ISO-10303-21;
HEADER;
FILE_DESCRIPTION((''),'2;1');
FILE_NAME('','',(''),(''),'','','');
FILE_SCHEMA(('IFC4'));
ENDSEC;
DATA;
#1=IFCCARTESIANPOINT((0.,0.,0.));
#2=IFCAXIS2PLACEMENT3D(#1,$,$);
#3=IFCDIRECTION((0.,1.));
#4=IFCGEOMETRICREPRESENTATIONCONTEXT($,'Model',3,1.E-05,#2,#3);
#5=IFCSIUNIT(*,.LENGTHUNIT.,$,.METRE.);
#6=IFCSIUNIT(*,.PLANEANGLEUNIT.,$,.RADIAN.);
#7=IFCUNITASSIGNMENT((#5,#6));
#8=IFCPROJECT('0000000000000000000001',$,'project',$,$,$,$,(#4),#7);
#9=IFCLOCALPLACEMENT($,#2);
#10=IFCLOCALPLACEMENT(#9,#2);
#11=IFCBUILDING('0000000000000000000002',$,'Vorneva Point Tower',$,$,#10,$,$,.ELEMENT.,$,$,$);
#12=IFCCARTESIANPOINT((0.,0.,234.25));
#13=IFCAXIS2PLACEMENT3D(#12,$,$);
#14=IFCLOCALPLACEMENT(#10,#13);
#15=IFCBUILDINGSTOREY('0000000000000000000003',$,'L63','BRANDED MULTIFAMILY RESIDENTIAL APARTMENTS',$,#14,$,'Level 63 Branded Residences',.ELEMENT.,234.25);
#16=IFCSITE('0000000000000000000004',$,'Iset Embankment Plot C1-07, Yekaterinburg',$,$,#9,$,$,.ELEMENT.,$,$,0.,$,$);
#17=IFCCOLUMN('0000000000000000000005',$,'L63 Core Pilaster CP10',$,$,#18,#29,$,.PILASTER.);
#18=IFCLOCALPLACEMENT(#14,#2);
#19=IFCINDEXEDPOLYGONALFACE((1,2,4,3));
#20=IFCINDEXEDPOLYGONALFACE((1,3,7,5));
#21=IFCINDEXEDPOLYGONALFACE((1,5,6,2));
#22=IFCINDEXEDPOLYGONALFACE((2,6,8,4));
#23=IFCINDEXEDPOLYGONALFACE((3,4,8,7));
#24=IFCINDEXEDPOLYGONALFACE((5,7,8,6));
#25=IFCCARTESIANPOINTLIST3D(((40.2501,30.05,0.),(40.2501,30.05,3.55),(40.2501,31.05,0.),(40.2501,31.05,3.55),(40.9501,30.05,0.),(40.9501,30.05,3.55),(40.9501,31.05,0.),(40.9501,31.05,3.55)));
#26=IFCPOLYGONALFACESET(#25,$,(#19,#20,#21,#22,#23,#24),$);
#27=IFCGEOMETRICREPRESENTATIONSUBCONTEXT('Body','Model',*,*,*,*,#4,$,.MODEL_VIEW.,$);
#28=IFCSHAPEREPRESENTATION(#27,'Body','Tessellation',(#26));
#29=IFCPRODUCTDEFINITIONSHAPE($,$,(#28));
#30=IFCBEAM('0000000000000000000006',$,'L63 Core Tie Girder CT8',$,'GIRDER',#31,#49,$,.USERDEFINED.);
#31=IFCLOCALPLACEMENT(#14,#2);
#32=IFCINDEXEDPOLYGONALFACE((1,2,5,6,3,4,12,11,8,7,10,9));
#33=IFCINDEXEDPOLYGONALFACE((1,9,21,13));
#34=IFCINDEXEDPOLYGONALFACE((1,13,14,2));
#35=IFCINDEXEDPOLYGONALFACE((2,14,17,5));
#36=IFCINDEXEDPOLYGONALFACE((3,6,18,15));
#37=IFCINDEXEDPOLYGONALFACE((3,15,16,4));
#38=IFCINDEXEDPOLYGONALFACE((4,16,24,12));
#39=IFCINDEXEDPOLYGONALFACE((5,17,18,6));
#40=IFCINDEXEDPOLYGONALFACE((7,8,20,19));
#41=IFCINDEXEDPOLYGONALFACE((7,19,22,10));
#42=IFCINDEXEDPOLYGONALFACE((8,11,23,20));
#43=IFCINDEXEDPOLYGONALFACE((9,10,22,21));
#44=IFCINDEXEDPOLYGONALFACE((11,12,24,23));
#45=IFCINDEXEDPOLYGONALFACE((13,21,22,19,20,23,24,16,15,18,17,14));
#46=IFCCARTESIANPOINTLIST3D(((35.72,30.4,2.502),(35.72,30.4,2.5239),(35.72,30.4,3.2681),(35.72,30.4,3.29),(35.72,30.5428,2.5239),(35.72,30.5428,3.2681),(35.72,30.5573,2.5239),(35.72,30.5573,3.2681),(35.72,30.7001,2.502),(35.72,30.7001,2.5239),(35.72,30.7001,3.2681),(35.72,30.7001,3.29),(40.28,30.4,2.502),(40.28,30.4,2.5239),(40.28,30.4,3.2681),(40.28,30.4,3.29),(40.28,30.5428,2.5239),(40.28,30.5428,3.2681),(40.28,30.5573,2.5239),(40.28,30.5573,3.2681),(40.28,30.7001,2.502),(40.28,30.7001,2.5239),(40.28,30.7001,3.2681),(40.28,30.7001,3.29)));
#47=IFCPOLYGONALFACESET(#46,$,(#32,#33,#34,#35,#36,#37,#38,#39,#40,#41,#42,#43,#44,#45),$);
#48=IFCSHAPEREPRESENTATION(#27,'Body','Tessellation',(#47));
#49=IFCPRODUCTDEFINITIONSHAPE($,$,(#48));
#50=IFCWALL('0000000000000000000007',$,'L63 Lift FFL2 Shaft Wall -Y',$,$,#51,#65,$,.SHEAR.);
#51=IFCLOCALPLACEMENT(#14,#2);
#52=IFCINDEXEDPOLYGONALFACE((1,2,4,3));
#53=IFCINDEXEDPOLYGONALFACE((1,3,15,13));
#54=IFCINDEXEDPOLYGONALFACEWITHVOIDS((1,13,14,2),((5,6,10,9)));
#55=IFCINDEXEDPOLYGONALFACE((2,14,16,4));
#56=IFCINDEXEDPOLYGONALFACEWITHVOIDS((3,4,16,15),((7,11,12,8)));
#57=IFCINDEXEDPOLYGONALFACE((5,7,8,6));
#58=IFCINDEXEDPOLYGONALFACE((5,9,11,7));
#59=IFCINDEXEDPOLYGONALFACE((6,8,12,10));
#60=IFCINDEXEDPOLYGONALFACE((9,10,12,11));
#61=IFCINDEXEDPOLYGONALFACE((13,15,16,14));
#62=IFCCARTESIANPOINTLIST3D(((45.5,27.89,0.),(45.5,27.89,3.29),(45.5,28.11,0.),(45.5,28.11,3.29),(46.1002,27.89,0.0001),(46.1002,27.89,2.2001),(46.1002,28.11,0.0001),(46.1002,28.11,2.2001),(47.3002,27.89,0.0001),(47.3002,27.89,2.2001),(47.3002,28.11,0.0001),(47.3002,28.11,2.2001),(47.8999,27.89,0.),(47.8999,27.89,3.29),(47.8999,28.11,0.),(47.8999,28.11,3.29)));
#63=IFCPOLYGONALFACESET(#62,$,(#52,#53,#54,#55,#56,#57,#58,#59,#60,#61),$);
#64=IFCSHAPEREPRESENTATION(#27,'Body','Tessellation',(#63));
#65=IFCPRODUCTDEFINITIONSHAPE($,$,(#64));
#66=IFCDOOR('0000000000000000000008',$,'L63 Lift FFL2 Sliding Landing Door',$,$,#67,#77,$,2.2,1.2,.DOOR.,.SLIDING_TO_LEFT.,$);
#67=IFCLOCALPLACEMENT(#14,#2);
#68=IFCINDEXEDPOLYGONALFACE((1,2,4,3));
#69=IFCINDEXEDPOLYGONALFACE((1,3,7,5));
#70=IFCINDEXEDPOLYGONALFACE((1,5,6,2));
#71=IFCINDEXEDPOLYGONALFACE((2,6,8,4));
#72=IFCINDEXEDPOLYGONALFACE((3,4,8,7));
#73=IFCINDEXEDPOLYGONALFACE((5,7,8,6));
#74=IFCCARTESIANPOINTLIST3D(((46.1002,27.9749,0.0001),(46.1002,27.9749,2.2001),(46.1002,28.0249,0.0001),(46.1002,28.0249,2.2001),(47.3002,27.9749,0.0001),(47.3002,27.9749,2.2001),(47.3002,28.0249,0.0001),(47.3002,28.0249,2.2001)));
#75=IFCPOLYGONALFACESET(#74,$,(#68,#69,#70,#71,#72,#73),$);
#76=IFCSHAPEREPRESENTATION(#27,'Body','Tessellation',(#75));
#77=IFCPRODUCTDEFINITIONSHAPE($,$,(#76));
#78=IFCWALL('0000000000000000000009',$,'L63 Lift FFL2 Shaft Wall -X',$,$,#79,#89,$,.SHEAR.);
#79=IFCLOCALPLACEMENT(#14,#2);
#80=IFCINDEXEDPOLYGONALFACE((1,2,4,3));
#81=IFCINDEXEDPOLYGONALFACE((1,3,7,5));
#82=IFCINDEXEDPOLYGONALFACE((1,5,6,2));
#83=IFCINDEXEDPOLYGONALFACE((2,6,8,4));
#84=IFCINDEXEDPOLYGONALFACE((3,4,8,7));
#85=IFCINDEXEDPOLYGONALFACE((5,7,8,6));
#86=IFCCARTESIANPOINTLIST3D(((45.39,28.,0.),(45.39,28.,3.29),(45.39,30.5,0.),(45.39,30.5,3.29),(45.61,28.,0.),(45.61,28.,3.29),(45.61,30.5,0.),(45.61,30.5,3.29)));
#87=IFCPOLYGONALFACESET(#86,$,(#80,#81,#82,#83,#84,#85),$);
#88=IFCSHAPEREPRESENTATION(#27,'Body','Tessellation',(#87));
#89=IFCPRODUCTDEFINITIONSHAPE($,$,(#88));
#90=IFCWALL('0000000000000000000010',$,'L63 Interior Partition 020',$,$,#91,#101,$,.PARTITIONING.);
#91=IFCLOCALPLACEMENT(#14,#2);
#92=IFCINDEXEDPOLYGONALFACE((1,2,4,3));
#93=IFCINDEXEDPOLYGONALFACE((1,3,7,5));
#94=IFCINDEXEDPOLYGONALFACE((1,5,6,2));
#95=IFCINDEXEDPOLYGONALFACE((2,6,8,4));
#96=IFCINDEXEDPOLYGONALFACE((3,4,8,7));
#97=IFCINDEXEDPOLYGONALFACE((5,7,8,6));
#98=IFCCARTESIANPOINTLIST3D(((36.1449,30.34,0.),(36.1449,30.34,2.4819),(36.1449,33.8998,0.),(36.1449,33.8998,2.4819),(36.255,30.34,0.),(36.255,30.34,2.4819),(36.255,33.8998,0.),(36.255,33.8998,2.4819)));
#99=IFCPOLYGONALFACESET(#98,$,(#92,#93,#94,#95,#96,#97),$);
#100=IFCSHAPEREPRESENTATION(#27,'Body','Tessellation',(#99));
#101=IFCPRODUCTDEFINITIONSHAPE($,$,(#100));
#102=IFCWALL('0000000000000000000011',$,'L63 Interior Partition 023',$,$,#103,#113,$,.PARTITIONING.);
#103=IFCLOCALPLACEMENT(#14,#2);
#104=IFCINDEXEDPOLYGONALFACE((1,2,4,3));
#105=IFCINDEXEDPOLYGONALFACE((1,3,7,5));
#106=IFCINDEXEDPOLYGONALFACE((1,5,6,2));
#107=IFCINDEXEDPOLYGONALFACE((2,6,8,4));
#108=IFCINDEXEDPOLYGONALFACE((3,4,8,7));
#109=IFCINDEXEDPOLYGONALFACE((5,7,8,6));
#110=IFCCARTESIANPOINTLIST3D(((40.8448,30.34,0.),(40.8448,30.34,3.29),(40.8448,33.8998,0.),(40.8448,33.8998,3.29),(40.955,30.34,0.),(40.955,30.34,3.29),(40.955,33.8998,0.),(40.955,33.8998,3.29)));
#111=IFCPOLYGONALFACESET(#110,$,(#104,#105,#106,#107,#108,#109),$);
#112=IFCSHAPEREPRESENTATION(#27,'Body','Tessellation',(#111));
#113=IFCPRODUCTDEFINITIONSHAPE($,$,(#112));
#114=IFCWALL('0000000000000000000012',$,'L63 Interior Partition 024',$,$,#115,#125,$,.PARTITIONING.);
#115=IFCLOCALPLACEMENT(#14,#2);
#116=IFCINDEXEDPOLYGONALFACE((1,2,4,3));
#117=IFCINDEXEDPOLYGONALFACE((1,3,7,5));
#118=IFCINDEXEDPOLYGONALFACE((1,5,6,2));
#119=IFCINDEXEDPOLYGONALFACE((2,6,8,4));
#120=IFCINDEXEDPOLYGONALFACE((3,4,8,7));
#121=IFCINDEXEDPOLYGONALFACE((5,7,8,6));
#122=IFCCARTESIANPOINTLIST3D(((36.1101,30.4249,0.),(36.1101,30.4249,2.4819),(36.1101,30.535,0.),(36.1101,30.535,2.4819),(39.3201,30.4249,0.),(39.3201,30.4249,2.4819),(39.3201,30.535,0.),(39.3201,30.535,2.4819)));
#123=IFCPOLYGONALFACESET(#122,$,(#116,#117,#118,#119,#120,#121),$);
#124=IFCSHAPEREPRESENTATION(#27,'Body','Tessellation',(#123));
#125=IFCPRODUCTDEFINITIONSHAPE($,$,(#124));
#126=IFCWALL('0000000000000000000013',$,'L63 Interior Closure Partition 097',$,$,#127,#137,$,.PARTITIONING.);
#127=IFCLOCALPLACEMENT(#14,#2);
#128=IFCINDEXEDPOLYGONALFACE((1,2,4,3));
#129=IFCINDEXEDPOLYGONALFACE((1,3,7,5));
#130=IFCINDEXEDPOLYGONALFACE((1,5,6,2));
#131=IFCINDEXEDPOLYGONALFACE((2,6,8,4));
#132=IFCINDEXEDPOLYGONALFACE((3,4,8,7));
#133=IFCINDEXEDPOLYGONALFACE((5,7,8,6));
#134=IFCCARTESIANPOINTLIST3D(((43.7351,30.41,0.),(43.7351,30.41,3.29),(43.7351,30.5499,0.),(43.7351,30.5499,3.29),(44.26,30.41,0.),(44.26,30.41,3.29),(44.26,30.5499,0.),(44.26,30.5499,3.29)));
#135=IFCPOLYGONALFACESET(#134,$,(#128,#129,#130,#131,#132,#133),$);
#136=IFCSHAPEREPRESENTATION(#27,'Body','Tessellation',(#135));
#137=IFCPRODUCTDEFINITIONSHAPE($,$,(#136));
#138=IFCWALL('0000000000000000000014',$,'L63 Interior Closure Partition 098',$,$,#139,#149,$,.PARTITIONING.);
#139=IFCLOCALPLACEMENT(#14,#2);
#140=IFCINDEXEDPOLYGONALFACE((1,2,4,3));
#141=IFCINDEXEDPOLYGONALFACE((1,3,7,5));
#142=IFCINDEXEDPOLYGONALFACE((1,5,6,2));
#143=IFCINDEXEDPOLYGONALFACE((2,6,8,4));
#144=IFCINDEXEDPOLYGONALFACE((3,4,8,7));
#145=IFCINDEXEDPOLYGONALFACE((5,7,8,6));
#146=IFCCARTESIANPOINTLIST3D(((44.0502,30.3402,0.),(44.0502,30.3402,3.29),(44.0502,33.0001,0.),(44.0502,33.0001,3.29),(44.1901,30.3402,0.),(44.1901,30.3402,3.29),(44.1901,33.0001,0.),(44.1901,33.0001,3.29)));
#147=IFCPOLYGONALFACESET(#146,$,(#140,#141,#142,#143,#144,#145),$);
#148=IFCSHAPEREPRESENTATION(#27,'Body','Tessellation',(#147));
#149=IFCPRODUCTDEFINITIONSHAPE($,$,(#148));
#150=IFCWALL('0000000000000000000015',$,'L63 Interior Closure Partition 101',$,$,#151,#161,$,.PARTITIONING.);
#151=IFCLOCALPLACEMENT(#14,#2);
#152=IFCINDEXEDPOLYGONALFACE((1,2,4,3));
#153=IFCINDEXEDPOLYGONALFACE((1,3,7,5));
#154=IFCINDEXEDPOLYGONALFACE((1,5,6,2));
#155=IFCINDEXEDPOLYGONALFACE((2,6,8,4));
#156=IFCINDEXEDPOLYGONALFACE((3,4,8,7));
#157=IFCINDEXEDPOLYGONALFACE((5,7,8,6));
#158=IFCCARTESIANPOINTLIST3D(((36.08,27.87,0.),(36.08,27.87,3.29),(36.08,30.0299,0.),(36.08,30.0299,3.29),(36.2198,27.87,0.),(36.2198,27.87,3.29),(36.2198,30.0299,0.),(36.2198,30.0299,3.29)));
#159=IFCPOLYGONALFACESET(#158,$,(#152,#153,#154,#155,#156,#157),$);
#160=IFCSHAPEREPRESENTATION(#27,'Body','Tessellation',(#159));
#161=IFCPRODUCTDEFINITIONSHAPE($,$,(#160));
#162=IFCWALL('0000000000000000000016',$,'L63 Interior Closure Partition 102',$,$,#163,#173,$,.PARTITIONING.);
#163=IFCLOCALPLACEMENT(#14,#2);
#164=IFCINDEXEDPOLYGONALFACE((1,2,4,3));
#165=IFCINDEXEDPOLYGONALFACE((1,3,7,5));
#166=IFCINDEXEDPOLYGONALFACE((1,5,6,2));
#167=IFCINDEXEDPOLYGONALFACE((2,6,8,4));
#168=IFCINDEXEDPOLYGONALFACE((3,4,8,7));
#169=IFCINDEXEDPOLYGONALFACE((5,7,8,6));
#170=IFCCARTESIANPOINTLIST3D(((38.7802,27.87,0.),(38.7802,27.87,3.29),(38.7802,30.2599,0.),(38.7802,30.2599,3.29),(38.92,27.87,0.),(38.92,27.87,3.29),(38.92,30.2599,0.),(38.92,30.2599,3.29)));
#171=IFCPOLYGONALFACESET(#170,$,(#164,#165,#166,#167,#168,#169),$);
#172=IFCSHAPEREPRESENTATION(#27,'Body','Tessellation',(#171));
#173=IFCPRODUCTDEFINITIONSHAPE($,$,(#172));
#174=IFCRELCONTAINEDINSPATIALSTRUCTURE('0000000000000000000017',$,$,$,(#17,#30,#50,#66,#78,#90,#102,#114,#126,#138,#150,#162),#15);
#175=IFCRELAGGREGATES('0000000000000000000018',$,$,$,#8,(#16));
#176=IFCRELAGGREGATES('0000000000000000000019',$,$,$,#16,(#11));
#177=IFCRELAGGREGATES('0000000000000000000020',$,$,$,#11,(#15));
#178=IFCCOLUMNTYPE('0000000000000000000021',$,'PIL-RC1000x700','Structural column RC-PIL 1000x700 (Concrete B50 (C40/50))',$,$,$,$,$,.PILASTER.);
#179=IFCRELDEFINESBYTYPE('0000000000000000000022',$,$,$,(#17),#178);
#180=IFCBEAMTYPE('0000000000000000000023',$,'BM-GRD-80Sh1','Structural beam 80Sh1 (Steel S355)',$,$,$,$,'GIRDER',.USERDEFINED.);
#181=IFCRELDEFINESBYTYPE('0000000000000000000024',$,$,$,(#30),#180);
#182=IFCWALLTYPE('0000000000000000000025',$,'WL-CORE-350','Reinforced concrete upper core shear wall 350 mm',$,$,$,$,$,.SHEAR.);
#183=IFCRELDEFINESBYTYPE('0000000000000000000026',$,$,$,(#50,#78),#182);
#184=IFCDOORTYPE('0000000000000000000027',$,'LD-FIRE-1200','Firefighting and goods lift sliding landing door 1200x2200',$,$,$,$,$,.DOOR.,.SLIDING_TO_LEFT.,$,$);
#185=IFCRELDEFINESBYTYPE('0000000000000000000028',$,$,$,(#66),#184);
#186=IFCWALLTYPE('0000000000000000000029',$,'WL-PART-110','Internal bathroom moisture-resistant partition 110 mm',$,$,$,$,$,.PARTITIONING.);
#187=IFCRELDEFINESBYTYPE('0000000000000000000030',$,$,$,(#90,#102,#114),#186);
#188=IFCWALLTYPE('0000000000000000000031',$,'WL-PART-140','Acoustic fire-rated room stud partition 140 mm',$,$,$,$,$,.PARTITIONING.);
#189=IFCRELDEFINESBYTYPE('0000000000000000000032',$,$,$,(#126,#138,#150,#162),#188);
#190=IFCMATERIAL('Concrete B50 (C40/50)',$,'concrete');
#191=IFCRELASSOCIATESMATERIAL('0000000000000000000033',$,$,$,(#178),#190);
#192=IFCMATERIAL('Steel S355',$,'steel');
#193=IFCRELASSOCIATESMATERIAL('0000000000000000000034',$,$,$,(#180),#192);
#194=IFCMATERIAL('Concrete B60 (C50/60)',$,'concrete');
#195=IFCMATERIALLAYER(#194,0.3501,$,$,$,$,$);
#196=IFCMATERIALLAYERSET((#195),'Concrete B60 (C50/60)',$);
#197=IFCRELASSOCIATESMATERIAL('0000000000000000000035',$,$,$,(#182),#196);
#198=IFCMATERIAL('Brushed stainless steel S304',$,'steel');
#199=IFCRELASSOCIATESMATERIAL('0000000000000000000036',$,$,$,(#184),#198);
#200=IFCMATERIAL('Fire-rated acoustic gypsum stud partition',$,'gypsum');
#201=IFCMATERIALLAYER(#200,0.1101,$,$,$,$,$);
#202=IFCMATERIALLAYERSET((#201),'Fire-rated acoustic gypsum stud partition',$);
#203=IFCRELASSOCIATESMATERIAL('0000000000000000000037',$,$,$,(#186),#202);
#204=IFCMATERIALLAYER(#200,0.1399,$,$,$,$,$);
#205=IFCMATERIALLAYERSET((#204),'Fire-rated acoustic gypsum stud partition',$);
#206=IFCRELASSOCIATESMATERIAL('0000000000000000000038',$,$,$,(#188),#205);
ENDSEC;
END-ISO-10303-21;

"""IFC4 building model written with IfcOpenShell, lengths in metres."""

from ifc_helpers import new_model, si_unit, direction, frame, frame_2d, origin, origin_2d, place, context, subcontext, project, spatial, rectangle, i_section, extrude, material, layer, layer_set, material_profile, profile_set, type_object, element, fill, save


model = new_model("IFC4")

# Units and contexts
model_context = context("Model", 3, precision=1e-05, world=origin(), true_north=direction((0.0, 1.0)))
body_context = subcontext(model_context, "Body", "Model", "MODEL_VIEW")
ifc_project = project(units=[si_unit("LENGTHUNIT", "METRE"), si_unit("PLANEANGLEUNIT", "RADIAN")], contexts=[model_context])

# Site, building, storey
site_placement = place(None, origin())
site = spatial("IfcSite", under=ifc_project, at=site_placement, Name="Iset Embankment Plot C1-07, Yekaterinburg", CompositionType="ELEMENT", RefElevation=0.0)
building_placement = place(site_placement, origin())
building = spatial("IfcBuilding", under=site, at=building_placement, Name="Vorneva Point Tower", CompositionType="ELEMENT")
storey_placement = place(building_placement, frame((0.0, 0.0, 234.25)))
storey = spatial("IfcBuildingStorey", under=building, at=storey_placement, Name="L63", Description="BRANDED MULTIFAMILY RESIDENTIAL APARTMENTS", LongName="Level 63 Branded Residences", CompositionType="ELEMENT", Elevation=234.25)

# Column
ifc_material_1 = material(Name="Concrete B50 (C40/50)", Category="concrete")
ifc_material_profile_1 = material_profile(ifc_material_1, rectangle(XDim=0.7, YDim=1.0, at=origin_2d()), Name="RC-PIL 1000x700")
ifc_profile_set_1 = profile_set([ifc_material_profile_1], Name="Concrete B50 (C40/50)")
column_type = type_object("IfcColumnType", Name="PIL-RC1000x700", Description="Structural column RC-PIL 1000x700 (Concrete B50 (C40/50))", PredefinedType="PILASTER", material=ifc_profile_set_1)
column_placement = place(storey_placement, frame((40.6001, 30.55, 0.0), z_axis=(0.0, 0.0, 1.0), x_axis=(1.0, 0.0, 0.0)))
element("IfcColumn", 1, at=column_placement, inside=storey, type_object=column_type, Name="L63 Core Pilaster CP10", PredefinedType="PILASTER", context=body_context, shape_type="SweptSolid", body=[
    extrude(rectangle(XDim=0.7, YDim=1.0, at=origin_2d()), origin(), (0.0, 0.0, 1.0), 3.55),
])

# Beam
ifc_material_2 = material(Name="Steel S355", Category="steel")
ifc_material_profile_2 = material_profile(ifc_material_2, i_section(OverallWidth=0.3, OverallDepth=0.7881, WebThickness=0.0144, FlangeThickness=0.022, at=origin_2d()), Name="80Sh1")
ifc_profile_set_2 = profile_set([ifc_material_profile_2], Name="Steel S355")
beam_type = type_object("IfcBeamType", Name="BM-GRD-80Sh1", Description="Structural beam 80Sh1 (Steel S355)", ElementType="GIRDER", PredefinedType="USERDEFINED", material=ifc_profile_set_2)
beam_placement = place(storey_placement, frame((35.72, 30.55, 2.896), z_axis=(1.0, 0.0, 0.0), x_axis=(0.0, 1.0, 0.0)))
element("IfcBeam", 2, at=beam_placement, inside=storey, type_object=beam_type, Name="L63 Core Tie Girder CT8", ObjectType="GIRDER", PredefinedType="USERDEFINED", context=body_context, shape_type="SweptSolid", body=[
    extrude(i_section(OverallWidth=0.3, OverallDepth=0.7881, WebThickness=0.0144, FlangeThickness=0.022, at=origin_2d()), origin(), (0.0, 0.0, 1.0), 4.5601),
])

# Wall, opening, door
ifc_material_3 = material(Name="Concrete B60 (C50/60)", Category="concrete")
ifc_layer_1 = layer(ifc_material_3, 0.3501)
ifc_layer_set_1 = layer_set([ifc_layer_1], Name="Concrete B60 (C50/60)")
wall_type_1 = type_object("IfcWallType", Name="WL-CORE-350", Description="Reinforced concrete upper core shear wall 350 mm", PredefinedType="SHEAR", material=ifc_layer_set_1)
wall_1_placement = place(storey_placement, frame((45.5, 28.0, 0.0), z_axis=(0.0, 0.0, 1.0), x_axis=(1.0, 0.0, 0.0)))
wall_1 = element("IfcWall", 3, at=wall_1_placement, inside=storey, type_object=wall_type_1, Name="L63 Lift FFL2 Shaft Wall -Y", PredefinedType="SHEAR", context=body_context, shape_type="SweptSolid", body=[
    extrude(rectangle(XDim=2.3999, YDim=0.22, at=frame_2d((1.2, 0.0))), origin(), (0.0, 0.0, 1.0), 3.29),
])
opening_1_placement = place(wall_1_placement, frame((0.6001, 0.0, 0.0)))
opening_1 = element("IfcOpeningElement", 4, at=opening_1_placement, cuts=wall_1, PredefinedType="OPENING", context=body_context, shape_type="SweptSolid", body=[
    extrude(rectangle(XDim=1.2, YDim=2.2, at=frame_2d((0.6001, 1.1001))), frame((0.0, 0.125, 0.0), z_axis=(0.0, -1.0, 0.0), x_axis=(1.0, 0.0, 0.0)), (0.0, 0.0, 1.0), 0.2498),
])
ifc_material_4 = material(Name="Brushed stainless steel S304", Category="steel")
door_type_1 = type_object("IfcDoorType", Name="LD-FIRE-1200", Description="Firefighting and goods lift sliding landing door 1200x2200", OperationType="SLIDING_TO_LEFT", PredefinedType="DOOR", material=ifc_material_4)
door_1_placement = place(opening_1_placement, origin())
door_1 = element("IfcDoor", 5, at=door_1_placement, inside=storey, type_object=door_type_1, Name="L63 Lift FFL2 Sliding Landing Door", OperationType="SLIDING_TO_LEFT", OverallHeight=2.2, OverallWidth=1.2, PredefinedType="DOOR", context=body_context, shape_type="SweptSolid", body=[
    extrude(rectangle(XDim=1.2, YDim=2.2, at=frame_2d((0.6001, 1.1001))), frame((0.0, 0.0249, 0.0), z_axis=(0.0, -1.0, 0.0), x_axis=(1.0, 0.0, 0.0)), (0.0, 0.0, 1.0), 0.05),
])
fill(opening_1, door_1)

# Walls
wall_2_placement = place(storey_placement, frame((45.5, 30.5, 0.0), z_axis=(0.0, 0.0, 1.0), x_axis=(0.0, -1.0, 0.0)))
element("IfcWall", 6, at=wall_2_placement, inside=storey, type_object=wall_type_1, Name="L63 Lift FFL2 Shaft Wall -X", PredefinedType="SHEAR", context=body_context, shape_type="SweptSolid", body=[
    extrude(rectangle(XDim=2.5, YDim=0.22, at=frame_2d((1.25, 0.0))), origin(), (0.0, 0.0, 1.0), 3.29),
])
ifc_material_5 = material(Name="Fire-rated acoustic gypsum stud partition", Category="gypsum")
ifc_layer_2 = layer(ifc_material_5, 0.1101)
ifc_layer_set_2 = layer_set([ifc_layer_2], Name="Fire-rated acoustic gypsum stud partition")
wall_type_2 = type_object("IfcWallType", Name="WL-PART-110", Description="Internal bathroom moisture-resistant partition 110 mm", PredefinedType="PARTITIONING", material=ifc_layer_set_2)
wall_3_placement = place(storey_placement, frame((36.2, 30.3401, 0.0), z_axis=(0.0, 0.0, 1.0), x_axis=(0.0, 1.0, 0.0)))
element("IfcWall", 7, at=wall_3_placement, inside=storey, type_object=wall_type_2, Name="L63 Interior Partition 020", PredefinedType="PARTITIONING", context=body_context, shape_type="SweptSolid", body=[
    extrude(rectangle(XDim=3.5598, YDim=0.1101, at=frame_2d((1.7798, 0.0))), origin(), (0.0, 0.0, 1.0), 2.4819),
])
wall_4_placement = place(storey_placement, frame((40.8999, 30.3401, 0.0), z_axis=(0.0, 0.0, 1.0), x_axis=(0.0, 1.0, 0.0)))
element("IfcWall", 8, at=wall_4_placement, inside=storey, type_object=wall_type_2, Name="L63 Interior Partition 023", PredefinedType="PARTITIONING", context=body_context, shape_type="SweptSolid", body=[
    extrude(rectangle(XDim=3.5598, YDim=0.1101, at=frame_2d((1.7798, 0.0))), origin(), (0.0, 0.0, 1.0), 3.29),
])
wall_5_placement = place(storey_placement, frame((36.1101, 30.48, 0.0), z_axis=(0.0, 0.0, 1.0), x_axis=(1.0, 0.0, 0.0)))
element("IfcWall", 9, at=wall_5_placement, inside=storey, type_object=wall_type_2, Name="L63 Interior Partition 024", PredefinedType="PARTITIONING", context=body_context, shape_type="SweptSolid", body=[
    extrude(rectangle(XDim=3.21, YDim=0.1101, at=frame_2d((1.605, 0.0))), origin(), (0.0, 0.0, 1.0), 2.4819),
])
ifc_layer_3 = layer(ifc_material_5, 0.1399)
ifc_layer_set_3 = layer_set([ifc_layer_3], Name="Fire-rated acoustic gypsum stud partition")
wall_type_3 = type_object("IfcWallType", Name="WL-PART-140", Description="Acoustic fire-rated room stud partition 140 mm", PredefinedType="PARTITIONING", material=ifc_layer_set_3)
wall_6_placement = place(storey_placement, frame((43.7351, 30.48, 0.0), z_axis=(0.0, 0.0, 1.0), x_axis=(1.0, 0.0, 0.0)))
element("IfcWall", 10, at=wall_6_placement, inside=storey, type_object=wall_type_3, Name="L63 Interior Closure Partition 097", PredefinedType="PARTITIONING", context=body_context, shape_type="SweptSolid", body=[
    extrude(rectangle(XDim=0.5249, YDim=0.1399, at=frame_2d((0.2625, 0.0))), origin(), (0.0, 0.0, 1.0), 3.29),
])
wall_7_placement = place(storey_placement, frame((44.1201, 30.3401, 0.0), z_axis=(0.0, 0.0, 1.0), x_axis=(0.0, 1.0, 0.0)))
element("IfcWall", 11, at=wall_7_placement, inside=storey, type_object=wall_type_3, Name="L63 Interior Closure Partition 098", PredefinedType="PARTITIONING", context=body_context, shape_type="SweptSolid", body=[
    extrude(rectangle(XDim=2.6599, YDim=0.1399, at=frame_2d((1.3301, 0.0))), origin(), (0.0, 0.0, 1.0), 3.29),
])
wall_8_placement = place(storey_placement, frame((36.1499, 30.03, 0.0), z_axis=(0.0, 0.0, 1.0), x_axis=(0.0, -1.0, 0.0)))
element("IfcWall", 12, at=wall_8_placement, inside=storey, type_object=wall_type_3, Name="L63 Interior Closure Partition 101", PredefinedType="PARTITIONING", context=body_context, shape_type="SweptSolid", body=[
    extrude(rectangle(XDim=2.1599, YDim=0.1399, at=frame_2d((1.0801, 0.0))), origin(), (0.0, 0.0, 1.0), 3.29),
])
wall_9_placement = place(storey_placement, frame((38.8501, 27.8701, 0.0), z_axis=(0.0, 0.0, 1.0), x_axis=(0.0, 1.0, 0.0)))
element("IfcWall", 13, at=wall_9_placement, inside=storey, type_object=wall_type_3, Name="L63 Interior Closure Partition 102", PredefinedType="PARTITIONING", context=body_context, shape_type="SweptSolid", body=[
    extrude(rectangle(XDim=2.3899, YDim=0.1399, at=frame_2d((1.1948, 0.0))), origin(), (0.0, 0.0, 1.0), 3.29),
])

save(model, "model.ifc")
